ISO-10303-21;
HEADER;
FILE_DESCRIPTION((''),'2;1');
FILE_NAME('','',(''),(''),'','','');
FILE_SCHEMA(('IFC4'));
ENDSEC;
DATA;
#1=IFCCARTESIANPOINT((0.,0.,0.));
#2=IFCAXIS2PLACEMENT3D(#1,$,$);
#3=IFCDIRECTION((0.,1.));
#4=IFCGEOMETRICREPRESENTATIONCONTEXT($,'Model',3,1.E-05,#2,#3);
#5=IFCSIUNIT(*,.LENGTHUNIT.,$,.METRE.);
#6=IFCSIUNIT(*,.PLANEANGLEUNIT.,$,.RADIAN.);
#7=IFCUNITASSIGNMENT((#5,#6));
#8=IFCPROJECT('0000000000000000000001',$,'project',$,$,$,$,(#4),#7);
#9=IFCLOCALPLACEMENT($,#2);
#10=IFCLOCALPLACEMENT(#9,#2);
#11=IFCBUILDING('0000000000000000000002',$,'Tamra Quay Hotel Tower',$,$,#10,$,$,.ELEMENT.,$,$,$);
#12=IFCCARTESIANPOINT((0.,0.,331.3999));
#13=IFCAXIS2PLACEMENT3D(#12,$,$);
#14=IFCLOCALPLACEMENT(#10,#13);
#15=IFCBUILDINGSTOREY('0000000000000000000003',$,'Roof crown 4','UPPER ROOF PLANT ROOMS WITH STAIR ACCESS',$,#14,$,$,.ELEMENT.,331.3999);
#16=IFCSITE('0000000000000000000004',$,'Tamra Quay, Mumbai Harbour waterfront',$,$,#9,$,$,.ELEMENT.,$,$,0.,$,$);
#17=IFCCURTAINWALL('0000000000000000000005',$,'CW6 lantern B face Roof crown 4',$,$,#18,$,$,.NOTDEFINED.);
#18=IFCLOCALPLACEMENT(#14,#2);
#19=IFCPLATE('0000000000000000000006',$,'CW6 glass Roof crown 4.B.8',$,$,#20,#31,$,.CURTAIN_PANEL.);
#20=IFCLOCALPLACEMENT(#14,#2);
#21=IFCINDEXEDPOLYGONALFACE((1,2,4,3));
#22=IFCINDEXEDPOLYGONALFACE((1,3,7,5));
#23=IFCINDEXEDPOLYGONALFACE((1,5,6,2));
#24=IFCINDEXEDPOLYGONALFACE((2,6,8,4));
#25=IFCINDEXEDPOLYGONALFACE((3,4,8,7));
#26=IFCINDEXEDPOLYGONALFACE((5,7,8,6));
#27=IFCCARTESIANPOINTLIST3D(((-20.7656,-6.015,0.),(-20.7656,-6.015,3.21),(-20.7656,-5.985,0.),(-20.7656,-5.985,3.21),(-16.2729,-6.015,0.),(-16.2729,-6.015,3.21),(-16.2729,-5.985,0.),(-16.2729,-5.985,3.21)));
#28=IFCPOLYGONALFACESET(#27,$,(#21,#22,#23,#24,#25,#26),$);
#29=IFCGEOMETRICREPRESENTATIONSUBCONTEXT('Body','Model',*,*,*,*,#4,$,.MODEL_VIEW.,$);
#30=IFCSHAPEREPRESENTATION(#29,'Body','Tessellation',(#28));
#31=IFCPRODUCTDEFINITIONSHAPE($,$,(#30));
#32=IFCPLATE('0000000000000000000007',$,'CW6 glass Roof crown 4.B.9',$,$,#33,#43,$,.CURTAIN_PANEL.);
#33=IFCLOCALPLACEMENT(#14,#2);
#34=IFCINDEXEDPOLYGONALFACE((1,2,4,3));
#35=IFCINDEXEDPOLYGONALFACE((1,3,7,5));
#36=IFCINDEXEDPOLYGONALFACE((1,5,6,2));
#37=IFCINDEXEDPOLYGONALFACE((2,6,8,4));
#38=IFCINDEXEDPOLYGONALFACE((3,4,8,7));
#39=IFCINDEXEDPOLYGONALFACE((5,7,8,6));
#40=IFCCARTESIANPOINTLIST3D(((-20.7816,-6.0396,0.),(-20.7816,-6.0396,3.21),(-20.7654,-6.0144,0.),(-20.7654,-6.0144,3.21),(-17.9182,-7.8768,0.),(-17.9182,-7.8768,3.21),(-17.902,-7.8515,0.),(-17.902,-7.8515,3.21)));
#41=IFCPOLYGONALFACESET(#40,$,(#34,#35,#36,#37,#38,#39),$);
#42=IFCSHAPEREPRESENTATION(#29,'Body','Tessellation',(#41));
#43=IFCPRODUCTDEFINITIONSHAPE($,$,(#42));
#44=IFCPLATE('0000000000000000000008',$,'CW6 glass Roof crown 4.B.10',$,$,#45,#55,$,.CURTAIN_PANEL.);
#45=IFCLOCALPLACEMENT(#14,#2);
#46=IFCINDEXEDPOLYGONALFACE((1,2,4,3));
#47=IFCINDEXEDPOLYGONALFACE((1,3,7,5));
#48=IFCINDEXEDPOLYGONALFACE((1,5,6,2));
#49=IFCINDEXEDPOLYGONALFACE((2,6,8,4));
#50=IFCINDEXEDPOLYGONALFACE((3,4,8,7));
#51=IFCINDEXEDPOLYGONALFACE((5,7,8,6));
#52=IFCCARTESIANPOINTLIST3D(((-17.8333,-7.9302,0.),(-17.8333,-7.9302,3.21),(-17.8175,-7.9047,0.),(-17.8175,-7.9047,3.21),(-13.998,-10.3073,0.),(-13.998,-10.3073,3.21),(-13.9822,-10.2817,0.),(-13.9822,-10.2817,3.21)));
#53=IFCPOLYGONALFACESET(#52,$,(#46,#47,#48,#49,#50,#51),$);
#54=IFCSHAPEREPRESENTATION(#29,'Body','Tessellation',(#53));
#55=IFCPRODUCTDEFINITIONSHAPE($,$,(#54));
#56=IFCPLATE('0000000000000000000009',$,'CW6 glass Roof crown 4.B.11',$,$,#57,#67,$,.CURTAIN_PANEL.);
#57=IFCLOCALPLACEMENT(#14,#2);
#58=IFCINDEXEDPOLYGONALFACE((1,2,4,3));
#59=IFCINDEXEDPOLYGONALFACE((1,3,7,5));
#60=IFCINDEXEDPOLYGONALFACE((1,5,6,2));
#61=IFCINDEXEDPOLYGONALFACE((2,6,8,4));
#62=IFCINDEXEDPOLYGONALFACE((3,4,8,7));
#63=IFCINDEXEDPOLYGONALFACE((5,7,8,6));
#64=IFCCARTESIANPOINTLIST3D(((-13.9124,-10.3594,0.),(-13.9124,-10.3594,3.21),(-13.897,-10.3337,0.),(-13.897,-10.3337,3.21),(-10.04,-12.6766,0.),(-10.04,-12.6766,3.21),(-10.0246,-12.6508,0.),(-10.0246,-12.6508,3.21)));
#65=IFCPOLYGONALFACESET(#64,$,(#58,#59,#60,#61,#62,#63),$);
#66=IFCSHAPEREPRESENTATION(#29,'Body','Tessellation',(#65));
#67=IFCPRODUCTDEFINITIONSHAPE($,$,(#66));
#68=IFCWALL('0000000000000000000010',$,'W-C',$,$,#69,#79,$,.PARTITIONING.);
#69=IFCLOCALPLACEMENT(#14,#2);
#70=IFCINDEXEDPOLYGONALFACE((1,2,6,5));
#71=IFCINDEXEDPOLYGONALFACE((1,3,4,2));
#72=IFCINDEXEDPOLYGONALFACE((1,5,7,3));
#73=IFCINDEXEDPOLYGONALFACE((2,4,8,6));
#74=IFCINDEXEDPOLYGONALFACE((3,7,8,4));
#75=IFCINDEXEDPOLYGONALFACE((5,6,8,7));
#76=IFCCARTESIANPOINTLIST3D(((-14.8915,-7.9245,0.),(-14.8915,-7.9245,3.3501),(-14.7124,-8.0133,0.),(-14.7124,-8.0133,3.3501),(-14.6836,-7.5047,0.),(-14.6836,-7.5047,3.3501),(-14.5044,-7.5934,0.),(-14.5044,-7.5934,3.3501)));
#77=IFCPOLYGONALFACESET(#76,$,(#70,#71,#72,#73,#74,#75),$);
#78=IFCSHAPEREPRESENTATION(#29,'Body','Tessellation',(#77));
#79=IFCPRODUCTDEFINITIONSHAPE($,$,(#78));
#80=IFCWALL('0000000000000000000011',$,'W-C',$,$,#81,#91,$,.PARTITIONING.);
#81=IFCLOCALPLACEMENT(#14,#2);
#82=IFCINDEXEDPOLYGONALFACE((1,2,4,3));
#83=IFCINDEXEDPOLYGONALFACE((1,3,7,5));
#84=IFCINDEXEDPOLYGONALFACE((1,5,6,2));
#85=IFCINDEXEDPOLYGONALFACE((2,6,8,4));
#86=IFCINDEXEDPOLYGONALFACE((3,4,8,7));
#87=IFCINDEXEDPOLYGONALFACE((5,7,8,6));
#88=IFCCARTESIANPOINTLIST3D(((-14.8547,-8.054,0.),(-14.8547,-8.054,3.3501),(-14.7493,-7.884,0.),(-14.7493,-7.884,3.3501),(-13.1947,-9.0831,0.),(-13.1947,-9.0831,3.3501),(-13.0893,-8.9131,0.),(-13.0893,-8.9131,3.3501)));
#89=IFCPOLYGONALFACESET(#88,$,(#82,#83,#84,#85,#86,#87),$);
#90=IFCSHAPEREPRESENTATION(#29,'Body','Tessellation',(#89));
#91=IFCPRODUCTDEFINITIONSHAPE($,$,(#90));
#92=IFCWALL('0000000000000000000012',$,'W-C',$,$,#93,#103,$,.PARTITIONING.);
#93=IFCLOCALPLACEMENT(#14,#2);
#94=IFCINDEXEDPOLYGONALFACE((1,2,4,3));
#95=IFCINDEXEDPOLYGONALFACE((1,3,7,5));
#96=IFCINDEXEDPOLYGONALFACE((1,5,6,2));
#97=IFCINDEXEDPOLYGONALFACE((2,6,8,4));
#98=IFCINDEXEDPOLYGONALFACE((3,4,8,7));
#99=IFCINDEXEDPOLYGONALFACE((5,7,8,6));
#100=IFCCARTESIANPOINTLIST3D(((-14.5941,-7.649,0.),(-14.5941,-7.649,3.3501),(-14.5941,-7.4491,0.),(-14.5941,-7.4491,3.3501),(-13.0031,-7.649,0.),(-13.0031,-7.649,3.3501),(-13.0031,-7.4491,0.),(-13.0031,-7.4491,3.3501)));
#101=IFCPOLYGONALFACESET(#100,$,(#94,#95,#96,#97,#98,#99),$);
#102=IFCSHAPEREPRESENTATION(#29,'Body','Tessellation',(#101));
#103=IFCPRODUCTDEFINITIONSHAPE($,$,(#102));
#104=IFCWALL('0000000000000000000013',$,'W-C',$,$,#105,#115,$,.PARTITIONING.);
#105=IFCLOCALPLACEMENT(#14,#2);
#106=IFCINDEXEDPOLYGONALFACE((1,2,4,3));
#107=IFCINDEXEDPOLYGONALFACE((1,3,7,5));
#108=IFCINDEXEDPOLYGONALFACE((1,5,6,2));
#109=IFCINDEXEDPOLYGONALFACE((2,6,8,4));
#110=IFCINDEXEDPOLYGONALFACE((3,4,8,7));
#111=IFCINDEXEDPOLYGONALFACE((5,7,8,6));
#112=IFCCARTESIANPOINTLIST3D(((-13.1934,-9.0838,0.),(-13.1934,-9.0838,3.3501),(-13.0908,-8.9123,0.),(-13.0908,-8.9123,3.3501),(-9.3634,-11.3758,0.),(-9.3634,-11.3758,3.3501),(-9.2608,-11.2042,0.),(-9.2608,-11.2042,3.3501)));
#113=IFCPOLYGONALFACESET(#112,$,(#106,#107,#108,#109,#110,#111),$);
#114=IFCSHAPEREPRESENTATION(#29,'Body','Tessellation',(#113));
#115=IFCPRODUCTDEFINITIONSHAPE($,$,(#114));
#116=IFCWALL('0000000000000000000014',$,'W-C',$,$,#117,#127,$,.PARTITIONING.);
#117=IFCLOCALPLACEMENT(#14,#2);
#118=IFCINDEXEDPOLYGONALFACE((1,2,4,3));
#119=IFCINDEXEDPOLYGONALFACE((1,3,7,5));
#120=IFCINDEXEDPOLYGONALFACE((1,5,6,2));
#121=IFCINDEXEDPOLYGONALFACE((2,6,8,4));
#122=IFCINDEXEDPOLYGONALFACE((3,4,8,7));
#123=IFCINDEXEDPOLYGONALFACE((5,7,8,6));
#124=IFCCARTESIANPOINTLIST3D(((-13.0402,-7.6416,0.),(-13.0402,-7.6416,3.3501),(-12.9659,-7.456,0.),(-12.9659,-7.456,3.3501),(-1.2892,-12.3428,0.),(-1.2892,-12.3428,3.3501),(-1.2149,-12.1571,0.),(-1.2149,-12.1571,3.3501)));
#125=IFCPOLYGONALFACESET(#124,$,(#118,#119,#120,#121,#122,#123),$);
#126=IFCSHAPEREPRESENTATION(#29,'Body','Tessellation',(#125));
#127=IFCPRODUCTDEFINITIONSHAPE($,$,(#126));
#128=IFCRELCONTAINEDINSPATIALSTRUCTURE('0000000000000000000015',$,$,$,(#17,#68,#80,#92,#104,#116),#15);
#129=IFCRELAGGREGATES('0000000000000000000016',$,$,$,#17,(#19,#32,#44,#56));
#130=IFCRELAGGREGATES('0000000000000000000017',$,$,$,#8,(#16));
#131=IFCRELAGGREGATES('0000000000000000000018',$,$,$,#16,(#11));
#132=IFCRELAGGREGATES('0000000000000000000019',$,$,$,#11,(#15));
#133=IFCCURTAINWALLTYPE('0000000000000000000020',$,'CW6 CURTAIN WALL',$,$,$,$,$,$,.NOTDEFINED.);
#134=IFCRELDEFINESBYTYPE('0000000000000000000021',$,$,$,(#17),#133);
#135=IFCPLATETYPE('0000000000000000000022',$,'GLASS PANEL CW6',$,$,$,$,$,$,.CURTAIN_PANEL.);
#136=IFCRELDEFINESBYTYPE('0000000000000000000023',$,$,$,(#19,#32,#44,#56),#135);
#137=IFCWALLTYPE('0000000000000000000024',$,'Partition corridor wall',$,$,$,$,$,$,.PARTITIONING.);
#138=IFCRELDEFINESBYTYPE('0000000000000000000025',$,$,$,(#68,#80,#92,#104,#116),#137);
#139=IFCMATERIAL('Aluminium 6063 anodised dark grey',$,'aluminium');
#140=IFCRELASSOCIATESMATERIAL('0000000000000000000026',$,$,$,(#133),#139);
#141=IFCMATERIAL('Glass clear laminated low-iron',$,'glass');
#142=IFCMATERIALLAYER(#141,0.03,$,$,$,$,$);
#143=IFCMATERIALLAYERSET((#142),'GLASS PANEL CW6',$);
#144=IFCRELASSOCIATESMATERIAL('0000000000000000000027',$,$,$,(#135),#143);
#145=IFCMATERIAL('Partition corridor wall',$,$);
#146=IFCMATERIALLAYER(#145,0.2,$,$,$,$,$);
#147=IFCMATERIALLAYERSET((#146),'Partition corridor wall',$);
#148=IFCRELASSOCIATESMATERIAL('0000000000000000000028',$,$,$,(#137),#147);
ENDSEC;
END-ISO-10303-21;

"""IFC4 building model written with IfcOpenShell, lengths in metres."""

from ifc_helpers import new_model, si_unit, direction, frame, frame_2d, origin, origin_2d, place, context, subcontext, project, spatial, rectangle, extrude, material, layer, layer_set, type_object, element, aggregate, save


model = new_model("IFC4")

# Units and contexts
model_context = context("Model", 3, precision=1e-05, world=origin(), true_north=direction((0.0, 1.0)))
body_context = subcontext(model_context, "Body", "Model", "MODEL_VIEW")
ifc_project = project(units=[si_unit("LENGTHUNIT", "METRE"), si_unit("PLANEANGLEUNIT", "RADIAN")], contexts=[model_context])

# Site, building, storey
site_placement = place(None, origin())
site = spatial("IfcSite", under=ifc_project, at=site_placement, Name="Tamra Quay, Mumbai Harbour waterfront", CompositionType="ELEMENT", RefElevation=0.0)
building_placement = place(site_placement, origin())
building = spatial("IfcBuilding", under=site, at=building_placement, Name="Tamra Quay Hotel Tower", CompositionType="ELEMENT")
storey_placement = place(building_placement, frame((0.0, 0.0, 331.3999)))
storey = spatial("IfcBuildingStorey", under=building, at=storey_placement, Name="Roof crown 4", Description="UPPER ROOF PLANT ROOMS WITH STAIR ACCESS", CompositionType="ELEMENT", Elevation=331.3999)

# Curtain wall, plates
ifc_material_1 = material(Name="Aluminium 6063 anodised dark grey", Category="aluminium")
curtain_wall_type = type_object("IfcCurtainWallType", Name="CW6 CURTAIN WALL", PredefinedType="NOTDEFINED", material=ifc_material_1)
curtain_wall_placement = place(storey_placement, origin())
curtain_wall = element("IfcCurtainWall", 1, at=curtain_wall_placement, inside=storey, type_object=curtain_wall_type, Name="CW6 lantern B face Roof crown 4", PredefinedType="NOTDEFINED")
ifc_material_2 = material(Name="Glass clear laminated low-iron", Category="glass")
ifc_layer_1 = layer(ifc_material_2, 0.03)
ifc_layer_set_1 = layer_set([ifc_layer_1], Name="GLASS PANEL CW6")
plate_type = type_object("IfcPlateType", Name="GLASS PANEL CW6", PredefinedType="CURTAIN_PANEL", material=ifc_layer_set_1)
plate_1_placement = place(storey_placement, frame((-18.5193, -6.0, 0.0), z_axis=(0.0, 0.0, 1.0), x_axis=(-1.0, 0.0, 0.0)))
plate_1 = element("IfcPlate", 2, at=plate_1_placement, type_object=plate_type, Name="CW6 glass Roof crown 4.B.8", PredefinedType="CURTAIN_PANEL", context=body_context, shape_type="SweptSolid", body=[
    extrude(rectangle(XDim=4.4927, YDim=0.03, at=origin_2d()), origin(), (0.0, 0.0, 1.0), 3.21),
])
plate_2_placement = place(storey_placement, frame((-19.3418, -6.9456, 0.0), z_axis=(0.0, 0.0, 1.0), x_axis=(0.841665, -0.54, 0.0)))
plate_2 = element("IfcPlate", 3, at=plate_2_placement, type_object=plate_type, Name="CW6 glass Roof crown 4.B.9", PredefinedType="CURTAIN_PANEL", context=body_context, shape_type="SweptSolid", body=[
    extrude(rectangle(XDim=3.4021, YDim=0.03, at=origin_2d()), origin(), (0.0, 0.0, 1.0), 3.21),
])
plate_3_placement = place(storey_placement, frame((-15.9077, -9.106, 0.0), z_axis=(0.0, 0.0, 1.0), x_axis=(0.849982, -0.526812, 0.0)))
plate_3 = element("IfcPlate", 4, at=plate_3_placement, type_object=plate_type, Name="CW6 glass Roof crown 4.B.10", PredefinedType="CURTAIN_PANEL", context=body_context, shape_type="SweptSolid", body=[
    extrude(rectangle(XDim=4.5122, YDim=0.03, at=origin_2d()), origin(), (0.0, 0.0, 1.0), 3.21),
])
plate_4_placement = place(storey_placement, frame((-11.9685, -11.5051, 0.0), z_axis=(0.0, 0.0, 1.0), x_axis=(0.858104, -0.513477, 0.0)))
plate_4 = element("IfcPlate", 5, at=plate_4_placement, type_object=plate_type, Name="CW6 glass Roof crown 4.B.11", PredefinedType="CURTAIN_PANEL", context=body_context, shape_type="SweptSolid", body=[
    extrude(rectangle(XDim=4.5127, YDim=0.03, at=origin_2d()), origin(), (0.0, 0.0, 1.0), 3.21),
])
aggregate(curtain_wall, [plate_1, plate_2, plate_3, plate_4])

# Walls
ifc_material_3 = material(Name="Partition corridor wall")
ifc_layer_2 = layer(ifc_material_3, 0.2)
ifc_layer_set_2 = layer_set([ifc_layer_2], Name="Partition corridor wall")
wall_type = type_object("IfcWallType", Name="Partition corridor wall", PredefinedType="PARTITIONING", material=ifc_layer_set_2)
wall_1_placement = place(storey_placement, frame((-14.802, -7.969, 0.0), z_axis=(0.0, 0.0, 1.0), x_axis=(0.443876, 0.896088, 0.0)))
element("IfcWall", 6, at=wall_1_placement, inside=storey, type_object=wall_type, Name="W-C", PredefinedType="PARTITIONING", context=body_context, shape_type="SweptSolid", body=[
    extrude(rectangle(XDim=0.4685, YDim=0.2, at=frame_2d((0.2344, 0.0))), origin(), (0.0, 0.0, 1.0), 3.3501),
])
wall_2_placement = place(storey_placement, frame((-14.802, -7.969, 0.0), z_axis=(0.0, 0.0, 1.0), x_axis=(0.849924, -0.526905, 0.0)))
element("IfcWall", 7, at=wall_2_placement, inside=storey, type_object=wall_type, Name="W-C", PredefinedType="PARTITIONING", context=body_context, shape_type="SweptSolid", body=[
    extrude(rectangle(XDim=1.9531, YDim=0.2, at=frame_2d((0.9766, 0.0))), origin(), (0.0, 0.0, 1.0), 3.3501),
])
wall_3_placement = place(storey_placement, frame((-14.594, -7.5491, 0.0), z_axis=(0.0, 0.0, 1.0), x_axis=(1.0, 0.0, 0.0)))
element("IfcWall", 8, at=wall_3_placement, inside=storey, type_object=wall_type, Name="W-C", PredefinedType="PARTITIONING", context=body_context, shape_type="SweptSolid", body=[
    extrude(rectangle(XDim=1.5911, YDim=0.2, at=frame_2d((0.7954, 0.0))), origin(), (0.0, 0.0, 1.0), 3.3501),
])
wall_4_placement = place(storey_placement, frame((-13.1421, -8.998, 0.0), z_axis=(0.0, 0.0, 1.0), x_axis=(0.858091, -0.513498, 0.0)))
element("IfcWall", 9, at=wall_4_placement, inside=storey, type_object=wall_type, Name="W-C", PredefinedType="PARTITIONING", context=body_context, shape_type="SweptSolid", body=[
    extrude(rectangle(XDim=4.4634, YDim=0.2, at=frame_2d((2.2317, 0.0))), origin(), (0.0, 0.0, 1.0), 3.3501),
])
wall_5_placement = place(storey_placement, frame((-13.0029, -7.5488, 0.0), z_axis=(0.0, 0.0, 1.0), x_axis=(0.928455, -0.371444, 0.0)))
element("IfcWall", 10, at=wall_5_placement, inside=storey, type_object=wall_type, Name="W-C", PredefinedType="PARTITIONING", context=body_context, shape_type="SweptSolid", body=[
    extrude(rectangle(XDim=12.6565, YDim=0.2, at=frame_2d((6.3281, 0.0))), origin(), (0.0, 0.0, 1.0), 3.3501),
])

save(model, "model.ifc")
